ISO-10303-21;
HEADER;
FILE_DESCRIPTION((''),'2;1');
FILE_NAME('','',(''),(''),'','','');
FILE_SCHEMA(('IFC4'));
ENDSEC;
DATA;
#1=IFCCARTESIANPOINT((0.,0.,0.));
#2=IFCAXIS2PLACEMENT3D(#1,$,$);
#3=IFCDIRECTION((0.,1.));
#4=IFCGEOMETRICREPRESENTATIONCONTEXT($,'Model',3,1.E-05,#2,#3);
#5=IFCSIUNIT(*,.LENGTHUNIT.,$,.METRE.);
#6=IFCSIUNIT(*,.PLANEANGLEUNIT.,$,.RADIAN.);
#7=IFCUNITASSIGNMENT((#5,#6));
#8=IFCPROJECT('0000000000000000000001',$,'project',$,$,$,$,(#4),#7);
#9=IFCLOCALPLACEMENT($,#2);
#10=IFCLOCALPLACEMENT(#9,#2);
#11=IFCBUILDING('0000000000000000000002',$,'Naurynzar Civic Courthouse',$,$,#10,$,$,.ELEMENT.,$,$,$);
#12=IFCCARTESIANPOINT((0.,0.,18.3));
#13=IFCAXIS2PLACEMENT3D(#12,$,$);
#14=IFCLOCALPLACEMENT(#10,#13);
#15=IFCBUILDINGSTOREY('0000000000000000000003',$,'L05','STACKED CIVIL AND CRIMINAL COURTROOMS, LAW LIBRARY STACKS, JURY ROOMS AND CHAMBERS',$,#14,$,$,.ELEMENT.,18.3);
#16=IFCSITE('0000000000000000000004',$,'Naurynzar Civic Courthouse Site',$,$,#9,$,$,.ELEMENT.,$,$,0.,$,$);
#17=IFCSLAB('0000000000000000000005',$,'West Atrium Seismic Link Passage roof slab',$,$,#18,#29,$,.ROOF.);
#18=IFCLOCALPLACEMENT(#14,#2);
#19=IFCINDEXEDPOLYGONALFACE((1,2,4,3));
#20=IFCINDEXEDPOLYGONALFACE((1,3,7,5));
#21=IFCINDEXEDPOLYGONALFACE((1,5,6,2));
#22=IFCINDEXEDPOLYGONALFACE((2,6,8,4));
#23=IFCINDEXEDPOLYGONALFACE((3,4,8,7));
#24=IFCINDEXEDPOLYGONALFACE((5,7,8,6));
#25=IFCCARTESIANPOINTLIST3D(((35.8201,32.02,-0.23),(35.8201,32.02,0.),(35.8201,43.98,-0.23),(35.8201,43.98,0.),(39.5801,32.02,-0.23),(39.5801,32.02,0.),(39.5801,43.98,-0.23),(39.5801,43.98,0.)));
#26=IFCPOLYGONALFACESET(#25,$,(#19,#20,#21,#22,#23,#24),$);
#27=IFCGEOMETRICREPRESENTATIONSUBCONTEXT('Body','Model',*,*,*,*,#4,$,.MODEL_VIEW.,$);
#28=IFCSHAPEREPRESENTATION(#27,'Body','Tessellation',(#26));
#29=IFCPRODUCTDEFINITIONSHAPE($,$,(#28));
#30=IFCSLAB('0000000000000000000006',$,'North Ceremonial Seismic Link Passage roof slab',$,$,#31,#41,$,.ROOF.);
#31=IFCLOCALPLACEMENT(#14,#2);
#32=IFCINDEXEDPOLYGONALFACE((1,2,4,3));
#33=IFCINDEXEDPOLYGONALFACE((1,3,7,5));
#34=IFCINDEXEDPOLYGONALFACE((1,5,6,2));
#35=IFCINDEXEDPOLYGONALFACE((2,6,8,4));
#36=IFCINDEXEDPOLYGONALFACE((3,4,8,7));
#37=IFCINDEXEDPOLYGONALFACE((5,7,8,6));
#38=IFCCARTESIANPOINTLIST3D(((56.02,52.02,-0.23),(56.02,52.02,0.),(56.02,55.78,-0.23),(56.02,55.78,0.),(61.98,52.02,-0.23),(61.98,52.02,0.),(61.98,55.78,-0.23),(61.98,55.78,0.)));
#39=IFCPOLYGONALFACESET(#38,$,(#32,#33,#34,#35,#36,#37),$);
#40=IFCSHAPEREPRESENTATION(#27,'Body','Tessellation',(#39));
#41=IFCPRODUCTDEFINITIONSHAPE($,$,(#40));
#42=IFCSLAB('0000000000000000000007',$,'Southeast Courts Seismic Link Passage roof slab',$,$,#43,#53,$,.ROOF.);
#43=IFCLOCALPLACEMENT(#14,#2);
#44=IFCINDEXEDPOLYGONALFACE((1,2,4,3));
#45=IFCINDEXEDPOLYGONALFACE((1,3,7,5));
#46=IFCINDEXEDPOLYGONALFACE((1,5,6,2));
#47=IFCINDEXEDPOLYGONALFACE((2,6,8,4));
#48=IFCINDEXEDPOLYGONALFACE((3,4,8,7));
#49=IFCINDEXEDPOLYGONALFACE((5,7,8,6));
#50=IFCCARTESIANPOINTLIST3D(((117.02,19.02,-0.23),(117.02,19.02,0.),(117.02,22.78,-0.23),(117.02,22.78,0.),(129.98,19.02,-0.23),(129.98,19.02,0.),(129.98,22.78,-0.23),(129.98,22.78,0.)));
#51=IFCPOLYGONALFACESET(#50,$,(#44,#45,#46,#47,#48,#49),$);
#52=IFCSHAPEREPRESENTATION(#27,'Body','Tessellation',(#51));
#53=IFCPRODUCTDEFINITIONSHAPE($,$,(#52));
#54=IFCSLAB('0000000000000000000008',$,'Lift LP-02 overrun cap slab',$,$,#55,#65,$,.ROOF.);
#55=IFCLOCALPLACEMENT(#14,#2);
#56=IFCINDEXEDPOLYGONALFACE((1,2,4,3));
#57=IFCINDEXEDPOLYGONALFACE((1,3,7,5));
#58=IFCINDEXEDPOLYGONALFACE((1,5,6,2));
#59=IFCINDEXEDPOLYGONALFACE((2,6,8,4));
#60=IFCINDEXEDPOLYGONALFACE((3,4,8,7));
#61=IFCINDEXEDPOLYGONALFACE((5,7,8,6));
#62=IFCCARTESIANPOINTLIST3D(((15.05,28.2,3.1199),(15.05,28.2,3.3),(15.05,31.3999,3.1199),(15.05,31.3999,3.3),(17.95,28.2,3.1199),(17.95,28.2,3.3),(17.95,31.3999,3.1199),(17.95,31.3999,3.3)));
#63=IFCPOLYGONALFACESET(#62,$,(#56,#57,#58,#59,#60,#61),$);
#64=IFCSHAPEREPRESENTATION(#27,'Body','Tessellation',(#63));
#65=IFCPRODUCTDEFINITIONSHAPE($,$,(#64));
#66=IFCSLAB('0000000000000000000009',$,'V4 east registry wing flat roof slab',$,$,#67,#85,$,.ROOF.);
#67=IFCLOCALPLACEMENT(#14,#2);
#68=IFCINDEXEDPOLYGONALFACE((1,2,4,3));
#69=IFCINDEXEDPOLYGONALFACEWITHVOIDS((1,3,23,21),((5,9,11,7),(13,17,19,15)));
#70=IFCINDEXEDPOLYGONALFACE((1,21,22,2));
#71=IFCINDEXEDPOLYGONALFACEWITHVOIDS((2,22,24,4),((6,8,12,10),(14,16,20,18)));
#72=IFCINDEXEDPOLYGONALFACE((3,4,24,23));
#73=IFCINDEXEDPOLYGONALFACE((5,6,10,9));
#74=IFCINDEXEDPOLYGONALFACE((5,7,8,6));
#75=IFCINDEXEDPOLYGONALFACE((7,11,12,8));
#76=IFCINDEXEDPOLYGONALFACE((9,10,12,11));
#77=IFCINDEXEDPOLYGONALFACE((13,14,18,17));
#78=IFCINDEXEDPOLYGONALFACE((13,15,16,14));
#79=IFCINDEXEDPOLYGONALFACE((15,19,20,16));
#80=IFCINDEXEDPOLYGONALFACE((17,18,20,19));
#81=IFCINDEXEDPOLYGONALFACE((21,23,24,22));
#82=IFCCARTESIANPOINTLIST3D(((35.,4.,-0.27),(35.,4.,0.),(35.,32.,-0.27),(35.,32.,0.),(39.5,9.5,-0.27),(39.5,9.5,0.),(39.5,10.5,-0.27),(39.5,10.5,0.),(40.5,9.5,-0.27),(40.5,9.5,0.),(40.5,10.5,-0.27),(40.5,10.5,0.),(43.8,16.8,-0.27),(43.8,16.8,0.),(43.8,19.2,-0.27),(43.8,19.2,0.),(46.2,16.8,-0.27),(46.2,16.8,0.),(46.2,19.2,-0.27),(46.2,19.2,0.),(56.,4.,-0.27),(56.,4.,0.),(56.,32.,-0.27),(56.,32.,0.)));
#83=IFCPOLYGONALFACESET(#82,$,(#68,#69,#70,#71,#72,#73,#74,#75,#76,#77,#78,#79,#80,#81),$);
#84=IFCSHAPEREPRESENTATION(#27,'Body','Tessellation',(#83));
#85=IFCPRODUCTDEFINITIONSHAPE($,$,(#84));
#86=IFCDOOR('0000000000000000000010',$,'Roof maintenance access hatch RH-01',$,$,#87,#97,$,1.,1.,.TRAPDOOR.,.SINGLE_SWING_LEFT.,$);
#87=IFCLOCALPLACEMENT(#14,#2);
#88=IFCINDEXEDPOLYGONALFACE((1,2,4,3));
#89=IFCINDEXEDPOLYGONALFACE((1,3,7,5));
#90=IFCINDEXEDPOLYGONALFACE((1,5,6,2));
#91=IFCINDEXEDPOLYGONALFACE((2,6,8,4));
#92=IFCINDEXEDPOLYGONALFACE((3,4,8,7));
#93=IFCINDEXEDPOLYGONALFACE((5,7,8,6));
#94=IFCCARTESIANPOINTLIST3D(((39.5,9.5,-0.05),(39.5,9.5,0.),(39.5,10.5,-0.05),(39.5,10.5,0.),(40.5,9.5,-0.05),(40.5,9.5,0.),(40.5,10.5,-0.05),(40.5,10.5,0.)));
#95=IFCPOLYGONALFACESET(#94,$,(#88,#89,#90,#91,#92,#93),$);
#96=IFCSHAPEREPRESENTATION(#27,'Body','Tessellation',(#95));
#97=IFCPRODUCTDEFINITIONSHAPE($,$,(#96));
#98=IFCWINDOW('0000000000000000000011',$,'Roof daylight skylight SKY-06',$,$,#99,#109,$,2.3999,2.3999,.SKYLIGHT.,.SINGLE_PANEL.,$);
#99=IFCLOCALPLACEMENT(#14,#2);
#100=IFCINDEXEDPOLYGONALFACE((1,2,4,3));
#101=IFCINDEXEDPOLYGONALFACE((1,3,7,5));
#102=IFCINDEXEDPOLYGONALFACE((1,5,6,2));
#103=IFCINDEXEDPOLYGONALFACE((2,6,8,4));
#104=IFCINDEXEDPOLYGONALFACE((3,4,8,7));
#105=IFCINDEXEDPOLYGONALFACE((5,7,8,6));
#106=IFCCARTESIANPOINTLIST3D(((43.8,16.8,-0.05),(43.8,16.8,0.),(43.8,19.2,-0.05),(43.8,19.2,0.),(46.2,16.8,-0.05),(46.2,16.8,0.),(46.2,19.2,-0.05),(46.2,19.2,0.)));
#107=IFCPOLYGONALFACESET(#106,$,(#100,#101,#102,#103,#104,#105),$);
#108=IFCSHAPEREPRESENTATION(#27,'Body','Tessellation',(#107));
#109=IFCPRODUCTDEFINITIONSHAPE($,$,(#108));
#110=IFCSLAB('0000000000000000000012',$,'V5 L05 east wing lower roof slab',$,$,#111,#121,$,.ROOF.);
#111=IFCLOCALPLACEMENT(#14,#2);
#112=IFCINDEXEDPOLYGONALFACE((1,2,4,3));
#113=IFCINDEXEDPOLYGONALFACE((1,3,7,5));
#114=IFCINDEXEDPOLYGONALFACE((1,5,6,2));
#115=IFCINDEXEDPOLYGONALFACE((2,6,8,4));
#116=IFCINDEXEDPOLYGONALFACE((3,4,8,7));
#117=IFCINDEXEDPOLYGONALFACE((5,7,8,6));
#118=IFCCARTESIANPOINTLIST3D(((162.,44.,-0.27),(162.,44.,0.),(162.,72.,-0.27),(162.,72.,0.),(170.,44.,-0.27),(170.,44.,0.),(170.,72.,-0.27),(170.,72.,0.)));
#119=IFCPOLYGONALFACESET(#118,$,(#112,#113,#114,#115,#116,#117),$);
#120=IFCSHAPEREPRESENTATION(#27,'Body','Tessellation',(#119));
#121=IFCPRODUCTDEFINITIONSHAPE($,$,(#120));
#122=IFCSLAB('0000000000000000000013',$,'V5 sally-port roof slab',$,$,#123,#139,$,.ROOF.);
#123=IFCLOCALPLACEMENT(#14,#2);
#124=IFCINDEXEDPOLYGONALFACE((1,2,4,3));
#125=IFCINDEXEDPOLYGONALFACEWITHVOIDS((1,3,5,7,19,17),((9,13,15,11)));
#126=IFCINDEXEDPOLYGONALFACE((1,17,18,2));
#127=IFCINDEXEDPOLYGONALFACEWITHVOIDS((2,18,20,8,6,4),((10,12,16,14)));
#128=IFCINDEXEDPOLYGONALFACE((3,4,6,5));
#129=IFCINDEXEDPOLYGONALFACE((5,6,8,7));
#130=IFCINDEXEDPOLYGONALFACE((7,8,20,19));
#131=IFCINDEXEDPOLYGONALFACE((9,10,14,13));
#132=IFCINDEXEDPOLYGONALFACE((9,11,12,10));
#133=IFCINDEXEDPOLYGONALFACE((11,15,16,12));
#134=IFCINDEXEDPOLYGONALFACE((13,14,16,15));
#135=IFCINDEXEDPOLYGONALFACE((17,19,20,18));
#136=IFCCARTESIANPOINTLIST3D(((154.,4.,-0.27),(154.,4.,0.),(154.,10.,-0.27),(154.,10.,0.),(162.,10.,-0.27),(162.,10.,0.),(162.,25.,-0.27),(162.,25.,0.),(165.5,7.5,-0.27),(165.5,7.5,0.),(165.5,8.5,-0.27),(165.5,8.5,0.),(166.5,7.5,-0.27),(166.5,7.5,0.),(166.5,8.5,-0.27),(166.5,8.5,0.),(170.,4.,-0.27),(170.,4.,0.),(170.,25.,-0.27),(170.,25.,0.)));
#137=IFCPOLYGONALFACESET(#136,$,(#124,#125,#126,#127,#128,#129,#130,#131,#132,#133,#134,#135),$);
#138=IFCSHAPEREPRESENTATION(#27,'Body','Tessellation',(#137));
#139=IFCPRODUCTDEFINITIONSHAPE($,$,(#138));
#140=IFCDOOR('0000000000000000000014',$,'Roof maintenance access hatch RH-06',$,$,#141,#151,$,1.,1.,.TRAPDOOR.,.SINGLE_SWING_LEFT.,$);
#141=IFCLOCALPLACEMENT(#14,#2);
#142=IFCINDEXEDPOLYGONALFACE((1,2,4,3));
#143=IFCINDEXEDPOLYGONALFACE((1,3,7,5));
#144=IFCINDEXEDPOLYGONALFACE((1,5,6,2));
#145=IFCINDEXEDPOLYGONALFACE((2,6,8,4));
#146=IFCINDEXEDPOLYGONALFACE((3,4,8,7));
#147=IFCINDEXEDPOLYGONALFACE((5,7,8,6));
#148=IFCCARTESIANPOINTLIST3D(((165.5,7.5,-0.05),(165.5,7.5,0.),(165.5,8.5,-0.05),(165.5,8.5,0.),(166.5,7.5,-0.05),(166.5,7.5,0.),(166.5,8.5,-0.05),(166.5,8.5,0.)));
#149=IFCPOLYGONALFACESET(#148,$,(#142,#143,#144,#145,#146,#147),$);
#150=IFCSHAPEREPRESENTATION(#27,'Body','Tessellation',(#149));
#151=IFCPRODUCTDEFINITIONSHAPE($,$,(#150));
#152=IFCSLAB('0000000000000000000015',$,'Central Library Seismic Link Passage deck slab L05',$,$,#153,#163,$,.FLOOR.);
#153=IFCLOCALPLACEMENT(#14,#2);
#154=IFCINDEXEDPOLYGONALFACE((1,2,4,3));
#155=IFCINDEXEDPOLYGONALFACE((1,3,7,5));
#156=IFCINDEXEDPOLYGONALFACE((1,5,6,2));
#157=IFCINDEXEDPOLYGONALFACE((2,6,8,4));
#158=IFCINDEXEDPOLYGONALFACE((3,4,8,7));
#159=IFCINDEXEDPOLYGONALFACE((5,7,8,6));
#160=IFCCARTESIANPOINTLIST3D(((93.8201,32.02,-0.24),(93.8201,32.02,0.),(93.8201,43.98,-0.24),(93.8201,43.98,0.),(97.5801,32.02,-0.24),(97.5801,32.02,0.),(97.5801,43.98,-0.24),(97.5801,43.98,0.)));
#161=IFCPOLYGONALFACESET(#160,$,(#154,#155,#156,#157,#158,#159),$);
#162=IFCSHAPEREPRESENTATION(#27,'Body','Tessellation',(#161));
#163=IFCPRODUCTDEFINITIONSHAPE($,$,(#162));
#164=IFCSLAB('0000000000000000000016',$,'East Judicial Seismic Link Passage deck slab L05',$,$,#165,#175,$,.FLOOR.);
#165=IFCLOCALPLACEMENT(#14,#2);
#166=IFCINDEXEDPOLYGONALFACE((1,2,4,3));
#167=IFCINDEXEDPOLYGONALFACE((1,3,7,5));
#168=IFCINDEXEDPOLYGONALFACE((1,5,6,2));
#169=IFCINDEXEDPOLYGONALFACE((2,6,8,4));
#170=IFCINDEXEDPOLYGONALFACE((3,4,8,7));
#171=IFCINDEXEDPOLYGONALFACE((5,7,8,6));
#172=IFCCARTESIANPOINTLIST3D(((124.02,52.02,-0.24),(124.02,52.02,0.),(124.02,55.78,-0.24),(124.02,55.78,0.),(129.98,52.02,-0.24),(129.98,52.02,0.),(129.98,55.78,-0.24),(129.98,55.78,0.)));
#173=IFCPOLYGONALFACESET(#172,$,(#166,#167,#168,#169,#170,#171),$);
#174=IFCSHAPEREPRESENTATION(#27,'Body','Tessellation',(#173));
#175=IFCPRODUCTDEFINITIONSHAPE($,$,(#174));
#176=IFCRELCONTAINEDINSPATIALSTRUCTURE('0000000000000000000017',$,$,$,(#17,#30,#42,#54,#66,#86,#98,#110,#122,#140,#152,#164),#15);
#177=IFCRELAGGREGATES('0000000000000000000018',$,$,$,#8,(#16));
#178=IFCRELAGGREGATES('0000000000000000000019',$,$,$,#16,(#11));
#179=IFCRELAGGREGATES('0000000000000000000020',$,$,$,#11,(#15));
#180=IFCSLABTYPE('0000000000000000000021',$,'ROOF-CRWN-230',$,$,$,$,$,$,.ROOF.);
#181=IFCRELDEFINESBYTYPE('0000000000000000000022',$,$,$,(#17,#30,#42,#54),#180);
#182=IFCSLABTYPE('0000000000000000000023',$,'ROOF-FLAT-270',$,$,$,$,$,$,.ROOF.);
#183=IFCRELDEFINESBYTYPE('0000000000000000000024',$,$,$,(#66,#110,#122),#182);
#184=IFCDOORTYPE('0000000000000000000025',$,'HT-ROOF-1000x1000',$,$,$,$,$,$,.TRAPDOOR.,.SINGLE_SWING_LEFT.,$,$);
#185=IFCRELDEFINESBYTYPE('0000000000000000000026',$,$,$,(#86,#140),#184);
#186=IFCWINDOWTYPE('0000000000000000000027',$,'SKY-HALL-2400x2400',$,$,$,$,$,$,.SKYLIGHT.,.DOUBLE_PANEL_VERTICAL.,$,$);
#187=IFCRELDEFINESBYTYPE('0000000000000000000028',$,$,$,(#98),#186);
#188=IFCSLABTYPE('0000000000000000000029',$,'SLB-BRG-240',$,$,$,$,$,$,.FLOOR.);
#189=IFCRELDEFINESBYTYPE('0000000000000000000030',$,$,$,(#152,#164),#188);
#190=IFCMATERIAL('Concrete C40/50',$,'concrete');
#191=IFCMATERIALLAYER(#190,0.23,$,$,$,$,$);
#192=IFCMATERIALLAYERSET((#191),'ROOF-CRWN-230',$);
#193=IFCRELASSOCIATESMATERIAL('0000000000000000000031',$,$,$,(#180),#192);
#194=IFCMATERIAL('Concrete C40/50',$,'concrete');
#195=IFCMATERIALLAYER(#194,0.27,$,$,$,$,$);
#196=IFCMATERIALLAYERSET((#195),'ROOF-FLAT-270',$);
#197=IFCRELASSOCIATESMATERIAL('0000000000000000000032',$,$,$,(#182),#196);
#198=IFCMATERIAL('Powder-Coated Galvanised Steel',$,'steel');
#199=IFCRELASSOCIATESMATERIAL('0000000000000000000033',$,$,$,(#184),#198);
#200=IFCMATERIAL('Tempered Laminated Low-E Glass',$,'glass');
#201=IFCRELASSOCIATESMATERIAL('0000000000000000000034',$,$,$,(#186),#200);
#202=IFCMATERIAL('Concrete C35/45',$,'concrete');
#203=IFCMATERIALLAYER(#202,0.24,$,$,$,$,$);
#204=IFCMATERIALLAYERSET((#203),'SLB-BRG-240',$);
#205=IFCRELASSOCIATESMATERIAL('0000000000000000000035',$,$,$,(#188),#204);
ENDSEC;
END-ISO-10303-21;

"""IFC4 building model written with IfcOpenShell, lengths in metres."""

from ifc_helpers import new_model, si_unit, direction, frame, origin, origin_2d, place, context, subcontext, project, spatial, polyline, rectangle, outline, extrude, material, layer, layer_set, type_object, element, fill, save


model = new_model("IFC4")

# Units and contexts
model_context = context("Model", 3, precision=1e-05, world=origin(), true_north=direction((0.0, 1.0)))
body_context = subcontext(model_context, "Body", "Model", "MODEL_VIEW")
ifc_project = project(units=[si_unit("LENGTHUNIT", "METRE"), si_unit("PLANEANGLEUNIT", "RADIAN")], contexts=[model_context])

# Site, building, storey
site_placement = place(None, origin())
site = spatial("IfcSite", under=ifc_project, at=site_placement, Name="Naurynzar Civic Courthouse Site", CompositionType="ELEMENT", RefElevation=0.0)
building_placement = place(site_placement, origin())
building = spatial("IfcBuilding", under=site, at=building_placement, Name="Naurynzar Civic Courthouse", CompositionType="ELEMENT")
storey_placement = place(building_placement, frame((0.0, 0.0, 18.3)))
storey = spatial("IfcBuildingStorey", under=building, at=storey_placement, Name="L05", Description="STACKED CIVIL AND CRIMINAL COURTROOMS, LAW LIBRARY STACKS, JURY ROOMS AND CHAMBERS", CompositionType="ELEMENT", Elevation=18.3)

# Slabs
ifc_material_1 = material(Name="Concrete C40/50", Category="concrete")
ifc_layer_1 = layer(ifc_material_1, 0.23)
ifc_layer_set_1 = layer_set([ifc_layer_1], Name="ROOF-CRWN-230")
slab_type_1 = type_object("IfcSlabType", Name="ROOF-CRWN-230", PredefinedType="ROOF", material=ifc_layer_set_1)
slab_1_placement = place(storey_placement, frame((0.0, 0.0, -0.23)))
element("IfcSlab", 1, at=slab_1_placement, inside=storey, type_object=slab_type_1, Name="West Atrium Seismic Link Passage roof slab", PredefinedType="ROOF", context=body_context, shape_type="SweptSolid", body=[
    extrude(outline(polyline([(35.8201, 32.02), (39.5801, 32.02), (39.5801, 43.98), (35.8201, 43.98), (35.8201, 32.02)])), origin(), (0.0, 0.0, 1.0), 0.23),
])
slab_2_placement = place(storey_placement, frame((0.0, 0.0, -0.23)))
element("IfcSlab", 2, at=slab_2_placement, inside=storey, type_object=slab_type_1, Name="North Ceremonial Seismic Link Passage roof slab", PredefinedType="ROOF", context=body_context, shape_type="SweptSolid", body=[
    extrude(outline(polyline([(56.02, 52.02), (61.98, 52.02), (61.98, 55.78), (56.02, 55.78), (56.02, 52.02)])), origin(), (0.0, 0.0, 1.0), 0.23),
])
slab_3_placement = place(storey_placement, frame((0.0, 0.0, -0.23)))
element("IfcSlab", 3, at=slab_3_placement, inside=storey, type_object=slab_type_1, Name="Southeast Courts Seismic Link Passage roof slab", PredefinedType="ROOF", context=body_context, shape_type="SweptSolid", body=[
    extrude(outline(polyline([(117.02, 19.02), (129.98, 19.02), (129.98, 22.78), (117.02, 22.78), (117.02, 19.02)])), origin(), (0.0, 0.0, 1.0), 0.23),
])
slab_4_placement = place(storey_placement, frame((0.0, 0.0, 3.1199)))
element("IfcSlab", 4, at=slab_4_placement, inside=storey, type_object=slab_type_1, Name="Lift LP-02 overrun cap slab", PredefinedType="ROOF", context=body_context, shape_type="SweptSolid", body=[
    extrude(outline(polyline([(15.05, 28.2), (17.95, 28.2), (17.95, 31.3999), (15.05, 31.3999), (15.05, 28.2)])), origin(), (0.0, 0.0, 1.0), 0.1802),
])

# Slab, openings, door, window
ifc_material_2 = material(Name="Concrete C40/50", Category="concrete")
ifc_layer_2 = layer(ifc_material_2, 0.27)
ifc_layer_set_2 = layer_set([ifc_layer_2], Name="ROOF-FLAT-270")
slab_type_2 = type_object("IfcSlabType", Name="ROOF-FLAT-270", PredefinedType="ROOF", material=ifc_layer_set_2)
slab_5_placement = place(storey_placement, frame((0.0, 0.0, -0.27)))
slab_5 = element("IfcSlab", 5, at=slab_5_placement, inside=storey, type_object=slab_type_2, Name="V4 east registry wing flat roof slab", PredefinedType="ROOF", context=body_context, shape_type="SweptSolid", body=[
    extrude(outline(polyline([(35.0, 4.0), (56.0, 4.0), (56.0, 32.0), (35.0, 32.0), (35.0, 4.0)])), origin(), (0.0, 0.0, 1.0), 0.27),
])
opening_1_placement = place(slab_5_placement, frame((45.0, 18.0, 0.0)))
opening_1 = element("IfcOpeningElement", 6, at=opening_1_placement, cuts=slab_5, PredefinedType="OPENING", context=body_context, shape_type="SweptSolid", body=[
    extrude(rectangle(XDim=2.3999, YDim=2.3999, at=origin_2d()), origin(), (0.0, 0.0, 1.0), 0.27),
])
opening_2_placement = place(slab_5_placement, frame((40.0, 10.0, 0.0)))
opening_2 = element("IfcOpeningElement", 7, at=opening_2_placement, cuts=slab_5, PredefinedType="OPENING", context=body_context, shape_type="SweptSolid", body=[
    extrude(rectangle(XDim=1.0, YDim=1.0, at=origin_2d()), origin(), (0.0, 0.0, 1.0), 0.27),
])
ifc_material_3 = material(Name="Powder-Coated Galvanised Steel", Category="steel")
door_type = type_object("IfcDoorType", Name="HT-ROOF-1000x1000", OperationType="SINGLE_SWING_LEFT", PredefinedType="TRAPDOOR", material=ifc_material_3)
door_1_placement = place(opening_2_placement, frame((0.0, 0.0, 0.22)))
door_1 = element("IfcDoor", 8, at=door_1_placement, inside=storey, type_object=door_type, Name="Roof maintenance access hatch RH-01", OperationType="SINGLE_SWING_LEFT", OverallHeight=1.0, OverallWidth=1.0, PredefinedType="TRAPDOOR", context=body_context, shape_type="SweptSolid", body=[
    extrude(rectangle(XDim=1.0, YDim=1.0, at=origin_2d()), origin(), (0.0, 0.0, 1.0), 0.05),
])
fill(opening_2, door_1)
ifc_material_4 = material(Name="Tempered Laminated Low-E Glass", Category="glass")
window_type = type_object("IfcWindowType", Name="SKY-HALL-2400x2400", PartitioningType="DOUBLE_PANEL_VERTICAL", PredefinedType="SKYLIGHT", material=ifc_material_4)
window_placement = place(opening_1_placement, frame((0.0, 0.0, 0.22)))
window = element("IfcWindow", 9, at=window_placement, inside=storey, type_object=window_type, Name="Roof daylight skylight SKY-06", OverallHeight=2.3999, OverallWidth=2.3999, PartitioningType="SINGLE_PANEL", PredefinedType="SKYLIGHT", context=body_context, shape_type="SweptSolid", body=[
    extrude(rectangle(XDim=2.3999, YDim=2.3999, at=origin_2d()), origin(), (0.0, 0.0, 1.0), 0.05),
])
fill(opening_1, window)

# Slab
slab_6_placement = place(storey_placement, frame((0.0, 0.0, -0.27)))
element("IfcSlab", 10, at=slab_6_placement, inside=storey, type_object=slab_type_2, Name="V5 L05 east wing lower roof slab", PredefinedType="ROOF", context=body_context, shape_type="SweptSolid", body=[
    extrude(outline(polyline([(162.0, 44.0), (170.0, 44.0), (170.0, 72.0), (162.0, 72.0), (162.0, 44.0)])), origin(), (0.0, 0.0, 1.0), 0.27),
])

# Slab, opening, door
slab_7_placement = place(storey_placement, frame((0.0, 0.0, -0.27)))
slab_7 = element("IfcSlab", 11, at=slab_7_placement, inside=storey, type_object=slab_type_2, Name="V5 sally-port roof slab", PredefinedType="ROOF", context=body_context, shape_type="SweptSolid", body=[
    extrude(outline(polyline([(154.0, 4.0), (170.0, 4.0), (170.0, 25.0), (162.0, 25.0), (162.0, 10.0), (154.0, 10.0), (154.0, 4.0)])), origin(), (0.0, 0.0, 1.0), 0.27),
])
opening_3_placement = place(slab_7_placement, frame((166.0, 8.0, 0.0)))
opening_3 = element("IfcOpeningElement", 12, at=opening_3_placement, cuts=slab_7, PredefinedType="OPENING", context=body_context, shape_type="SweptSolid", body=[
    extrude(rectangle(XDim=1.0, YDim=1.0, at=origin_2d()), origin(), (0.0, 0.0, 1.0), 0.27),
])
door_2_placement = place(opening_3_placement, frame((0.0, 0.0, 0.22)))
door_2 = element("IfcDoor", 13, at=door_2_placement, inside=storey, type_object=door_type, Name="Roof maintenance access hatch RH-06", OperationType="SINGLE_SWING_LEFT", OverallHeight=1.0, OverallWidth=1.0, PredefinedType="TRAPDOOR", context=body_context, shape_type="SweptSolid", body=[
    extrude(rectangle(XDim=1.0, YDim=1.0, at=origin_2d()), origin(), (0.0, 0.0, 1.0), 0.05),
])
fill(opening_3, door_2)

# Slabs
ifc_material_5 = material(Name="Concrete C35/45", Category="concrete")
ifc_layer_3 = layer(ifc_material_5, 0.24)
ifc_layer_set_3 = layer_set([ifc_layer_3], Name="SLB-BRG-240")
slab_type_3 = type_object("IfcSlabType", Name="SLB-BRG-240", PredefinedType="FLOOR", material=ifc_layer_set_3)
slab_8_placement = place(storey_placement, frame((0.0, 0.0, -0.24)))
element("IfcSlab", 14, at=slab_8_placement, inside=storey, type_object=slab_type_3, Name="Central Library Seismic Link Passage deck slab L05", PredefinedType="FLOOR", context=body_context, shape_type="SweptSolid", body=[
    extrude(outline(polyline([(93.8201, 32.02), (97.5801, 32.02), (97.5801, 43.98), (93.8201, 43.98), (93.8201, 32.02)])), origin(), (0.0, 0.0, 1.0), 0.24),
])
slab_9_placement = place(storey_placement, frame((0.0, 0.0, -0.24)))
element("IfcSlab", 15, at=slab_9_placement, inside=storey, type_object=slab_type_3, Name="East Judicial Seismic Link Passage deck slab L05", PredefinedType="FLOOR", context=body_context, shape_type="SweptSolid", body=[
    extrude(outline(polyline([(124.02, 52.02), (129.98, 52.02), (129.98, 55.78), (124.02, 55.78), (124.02, 52.02)])), origin(), (0.0, 0.0, 1.0), 0.24),
])

save(model, "model.ifc")
